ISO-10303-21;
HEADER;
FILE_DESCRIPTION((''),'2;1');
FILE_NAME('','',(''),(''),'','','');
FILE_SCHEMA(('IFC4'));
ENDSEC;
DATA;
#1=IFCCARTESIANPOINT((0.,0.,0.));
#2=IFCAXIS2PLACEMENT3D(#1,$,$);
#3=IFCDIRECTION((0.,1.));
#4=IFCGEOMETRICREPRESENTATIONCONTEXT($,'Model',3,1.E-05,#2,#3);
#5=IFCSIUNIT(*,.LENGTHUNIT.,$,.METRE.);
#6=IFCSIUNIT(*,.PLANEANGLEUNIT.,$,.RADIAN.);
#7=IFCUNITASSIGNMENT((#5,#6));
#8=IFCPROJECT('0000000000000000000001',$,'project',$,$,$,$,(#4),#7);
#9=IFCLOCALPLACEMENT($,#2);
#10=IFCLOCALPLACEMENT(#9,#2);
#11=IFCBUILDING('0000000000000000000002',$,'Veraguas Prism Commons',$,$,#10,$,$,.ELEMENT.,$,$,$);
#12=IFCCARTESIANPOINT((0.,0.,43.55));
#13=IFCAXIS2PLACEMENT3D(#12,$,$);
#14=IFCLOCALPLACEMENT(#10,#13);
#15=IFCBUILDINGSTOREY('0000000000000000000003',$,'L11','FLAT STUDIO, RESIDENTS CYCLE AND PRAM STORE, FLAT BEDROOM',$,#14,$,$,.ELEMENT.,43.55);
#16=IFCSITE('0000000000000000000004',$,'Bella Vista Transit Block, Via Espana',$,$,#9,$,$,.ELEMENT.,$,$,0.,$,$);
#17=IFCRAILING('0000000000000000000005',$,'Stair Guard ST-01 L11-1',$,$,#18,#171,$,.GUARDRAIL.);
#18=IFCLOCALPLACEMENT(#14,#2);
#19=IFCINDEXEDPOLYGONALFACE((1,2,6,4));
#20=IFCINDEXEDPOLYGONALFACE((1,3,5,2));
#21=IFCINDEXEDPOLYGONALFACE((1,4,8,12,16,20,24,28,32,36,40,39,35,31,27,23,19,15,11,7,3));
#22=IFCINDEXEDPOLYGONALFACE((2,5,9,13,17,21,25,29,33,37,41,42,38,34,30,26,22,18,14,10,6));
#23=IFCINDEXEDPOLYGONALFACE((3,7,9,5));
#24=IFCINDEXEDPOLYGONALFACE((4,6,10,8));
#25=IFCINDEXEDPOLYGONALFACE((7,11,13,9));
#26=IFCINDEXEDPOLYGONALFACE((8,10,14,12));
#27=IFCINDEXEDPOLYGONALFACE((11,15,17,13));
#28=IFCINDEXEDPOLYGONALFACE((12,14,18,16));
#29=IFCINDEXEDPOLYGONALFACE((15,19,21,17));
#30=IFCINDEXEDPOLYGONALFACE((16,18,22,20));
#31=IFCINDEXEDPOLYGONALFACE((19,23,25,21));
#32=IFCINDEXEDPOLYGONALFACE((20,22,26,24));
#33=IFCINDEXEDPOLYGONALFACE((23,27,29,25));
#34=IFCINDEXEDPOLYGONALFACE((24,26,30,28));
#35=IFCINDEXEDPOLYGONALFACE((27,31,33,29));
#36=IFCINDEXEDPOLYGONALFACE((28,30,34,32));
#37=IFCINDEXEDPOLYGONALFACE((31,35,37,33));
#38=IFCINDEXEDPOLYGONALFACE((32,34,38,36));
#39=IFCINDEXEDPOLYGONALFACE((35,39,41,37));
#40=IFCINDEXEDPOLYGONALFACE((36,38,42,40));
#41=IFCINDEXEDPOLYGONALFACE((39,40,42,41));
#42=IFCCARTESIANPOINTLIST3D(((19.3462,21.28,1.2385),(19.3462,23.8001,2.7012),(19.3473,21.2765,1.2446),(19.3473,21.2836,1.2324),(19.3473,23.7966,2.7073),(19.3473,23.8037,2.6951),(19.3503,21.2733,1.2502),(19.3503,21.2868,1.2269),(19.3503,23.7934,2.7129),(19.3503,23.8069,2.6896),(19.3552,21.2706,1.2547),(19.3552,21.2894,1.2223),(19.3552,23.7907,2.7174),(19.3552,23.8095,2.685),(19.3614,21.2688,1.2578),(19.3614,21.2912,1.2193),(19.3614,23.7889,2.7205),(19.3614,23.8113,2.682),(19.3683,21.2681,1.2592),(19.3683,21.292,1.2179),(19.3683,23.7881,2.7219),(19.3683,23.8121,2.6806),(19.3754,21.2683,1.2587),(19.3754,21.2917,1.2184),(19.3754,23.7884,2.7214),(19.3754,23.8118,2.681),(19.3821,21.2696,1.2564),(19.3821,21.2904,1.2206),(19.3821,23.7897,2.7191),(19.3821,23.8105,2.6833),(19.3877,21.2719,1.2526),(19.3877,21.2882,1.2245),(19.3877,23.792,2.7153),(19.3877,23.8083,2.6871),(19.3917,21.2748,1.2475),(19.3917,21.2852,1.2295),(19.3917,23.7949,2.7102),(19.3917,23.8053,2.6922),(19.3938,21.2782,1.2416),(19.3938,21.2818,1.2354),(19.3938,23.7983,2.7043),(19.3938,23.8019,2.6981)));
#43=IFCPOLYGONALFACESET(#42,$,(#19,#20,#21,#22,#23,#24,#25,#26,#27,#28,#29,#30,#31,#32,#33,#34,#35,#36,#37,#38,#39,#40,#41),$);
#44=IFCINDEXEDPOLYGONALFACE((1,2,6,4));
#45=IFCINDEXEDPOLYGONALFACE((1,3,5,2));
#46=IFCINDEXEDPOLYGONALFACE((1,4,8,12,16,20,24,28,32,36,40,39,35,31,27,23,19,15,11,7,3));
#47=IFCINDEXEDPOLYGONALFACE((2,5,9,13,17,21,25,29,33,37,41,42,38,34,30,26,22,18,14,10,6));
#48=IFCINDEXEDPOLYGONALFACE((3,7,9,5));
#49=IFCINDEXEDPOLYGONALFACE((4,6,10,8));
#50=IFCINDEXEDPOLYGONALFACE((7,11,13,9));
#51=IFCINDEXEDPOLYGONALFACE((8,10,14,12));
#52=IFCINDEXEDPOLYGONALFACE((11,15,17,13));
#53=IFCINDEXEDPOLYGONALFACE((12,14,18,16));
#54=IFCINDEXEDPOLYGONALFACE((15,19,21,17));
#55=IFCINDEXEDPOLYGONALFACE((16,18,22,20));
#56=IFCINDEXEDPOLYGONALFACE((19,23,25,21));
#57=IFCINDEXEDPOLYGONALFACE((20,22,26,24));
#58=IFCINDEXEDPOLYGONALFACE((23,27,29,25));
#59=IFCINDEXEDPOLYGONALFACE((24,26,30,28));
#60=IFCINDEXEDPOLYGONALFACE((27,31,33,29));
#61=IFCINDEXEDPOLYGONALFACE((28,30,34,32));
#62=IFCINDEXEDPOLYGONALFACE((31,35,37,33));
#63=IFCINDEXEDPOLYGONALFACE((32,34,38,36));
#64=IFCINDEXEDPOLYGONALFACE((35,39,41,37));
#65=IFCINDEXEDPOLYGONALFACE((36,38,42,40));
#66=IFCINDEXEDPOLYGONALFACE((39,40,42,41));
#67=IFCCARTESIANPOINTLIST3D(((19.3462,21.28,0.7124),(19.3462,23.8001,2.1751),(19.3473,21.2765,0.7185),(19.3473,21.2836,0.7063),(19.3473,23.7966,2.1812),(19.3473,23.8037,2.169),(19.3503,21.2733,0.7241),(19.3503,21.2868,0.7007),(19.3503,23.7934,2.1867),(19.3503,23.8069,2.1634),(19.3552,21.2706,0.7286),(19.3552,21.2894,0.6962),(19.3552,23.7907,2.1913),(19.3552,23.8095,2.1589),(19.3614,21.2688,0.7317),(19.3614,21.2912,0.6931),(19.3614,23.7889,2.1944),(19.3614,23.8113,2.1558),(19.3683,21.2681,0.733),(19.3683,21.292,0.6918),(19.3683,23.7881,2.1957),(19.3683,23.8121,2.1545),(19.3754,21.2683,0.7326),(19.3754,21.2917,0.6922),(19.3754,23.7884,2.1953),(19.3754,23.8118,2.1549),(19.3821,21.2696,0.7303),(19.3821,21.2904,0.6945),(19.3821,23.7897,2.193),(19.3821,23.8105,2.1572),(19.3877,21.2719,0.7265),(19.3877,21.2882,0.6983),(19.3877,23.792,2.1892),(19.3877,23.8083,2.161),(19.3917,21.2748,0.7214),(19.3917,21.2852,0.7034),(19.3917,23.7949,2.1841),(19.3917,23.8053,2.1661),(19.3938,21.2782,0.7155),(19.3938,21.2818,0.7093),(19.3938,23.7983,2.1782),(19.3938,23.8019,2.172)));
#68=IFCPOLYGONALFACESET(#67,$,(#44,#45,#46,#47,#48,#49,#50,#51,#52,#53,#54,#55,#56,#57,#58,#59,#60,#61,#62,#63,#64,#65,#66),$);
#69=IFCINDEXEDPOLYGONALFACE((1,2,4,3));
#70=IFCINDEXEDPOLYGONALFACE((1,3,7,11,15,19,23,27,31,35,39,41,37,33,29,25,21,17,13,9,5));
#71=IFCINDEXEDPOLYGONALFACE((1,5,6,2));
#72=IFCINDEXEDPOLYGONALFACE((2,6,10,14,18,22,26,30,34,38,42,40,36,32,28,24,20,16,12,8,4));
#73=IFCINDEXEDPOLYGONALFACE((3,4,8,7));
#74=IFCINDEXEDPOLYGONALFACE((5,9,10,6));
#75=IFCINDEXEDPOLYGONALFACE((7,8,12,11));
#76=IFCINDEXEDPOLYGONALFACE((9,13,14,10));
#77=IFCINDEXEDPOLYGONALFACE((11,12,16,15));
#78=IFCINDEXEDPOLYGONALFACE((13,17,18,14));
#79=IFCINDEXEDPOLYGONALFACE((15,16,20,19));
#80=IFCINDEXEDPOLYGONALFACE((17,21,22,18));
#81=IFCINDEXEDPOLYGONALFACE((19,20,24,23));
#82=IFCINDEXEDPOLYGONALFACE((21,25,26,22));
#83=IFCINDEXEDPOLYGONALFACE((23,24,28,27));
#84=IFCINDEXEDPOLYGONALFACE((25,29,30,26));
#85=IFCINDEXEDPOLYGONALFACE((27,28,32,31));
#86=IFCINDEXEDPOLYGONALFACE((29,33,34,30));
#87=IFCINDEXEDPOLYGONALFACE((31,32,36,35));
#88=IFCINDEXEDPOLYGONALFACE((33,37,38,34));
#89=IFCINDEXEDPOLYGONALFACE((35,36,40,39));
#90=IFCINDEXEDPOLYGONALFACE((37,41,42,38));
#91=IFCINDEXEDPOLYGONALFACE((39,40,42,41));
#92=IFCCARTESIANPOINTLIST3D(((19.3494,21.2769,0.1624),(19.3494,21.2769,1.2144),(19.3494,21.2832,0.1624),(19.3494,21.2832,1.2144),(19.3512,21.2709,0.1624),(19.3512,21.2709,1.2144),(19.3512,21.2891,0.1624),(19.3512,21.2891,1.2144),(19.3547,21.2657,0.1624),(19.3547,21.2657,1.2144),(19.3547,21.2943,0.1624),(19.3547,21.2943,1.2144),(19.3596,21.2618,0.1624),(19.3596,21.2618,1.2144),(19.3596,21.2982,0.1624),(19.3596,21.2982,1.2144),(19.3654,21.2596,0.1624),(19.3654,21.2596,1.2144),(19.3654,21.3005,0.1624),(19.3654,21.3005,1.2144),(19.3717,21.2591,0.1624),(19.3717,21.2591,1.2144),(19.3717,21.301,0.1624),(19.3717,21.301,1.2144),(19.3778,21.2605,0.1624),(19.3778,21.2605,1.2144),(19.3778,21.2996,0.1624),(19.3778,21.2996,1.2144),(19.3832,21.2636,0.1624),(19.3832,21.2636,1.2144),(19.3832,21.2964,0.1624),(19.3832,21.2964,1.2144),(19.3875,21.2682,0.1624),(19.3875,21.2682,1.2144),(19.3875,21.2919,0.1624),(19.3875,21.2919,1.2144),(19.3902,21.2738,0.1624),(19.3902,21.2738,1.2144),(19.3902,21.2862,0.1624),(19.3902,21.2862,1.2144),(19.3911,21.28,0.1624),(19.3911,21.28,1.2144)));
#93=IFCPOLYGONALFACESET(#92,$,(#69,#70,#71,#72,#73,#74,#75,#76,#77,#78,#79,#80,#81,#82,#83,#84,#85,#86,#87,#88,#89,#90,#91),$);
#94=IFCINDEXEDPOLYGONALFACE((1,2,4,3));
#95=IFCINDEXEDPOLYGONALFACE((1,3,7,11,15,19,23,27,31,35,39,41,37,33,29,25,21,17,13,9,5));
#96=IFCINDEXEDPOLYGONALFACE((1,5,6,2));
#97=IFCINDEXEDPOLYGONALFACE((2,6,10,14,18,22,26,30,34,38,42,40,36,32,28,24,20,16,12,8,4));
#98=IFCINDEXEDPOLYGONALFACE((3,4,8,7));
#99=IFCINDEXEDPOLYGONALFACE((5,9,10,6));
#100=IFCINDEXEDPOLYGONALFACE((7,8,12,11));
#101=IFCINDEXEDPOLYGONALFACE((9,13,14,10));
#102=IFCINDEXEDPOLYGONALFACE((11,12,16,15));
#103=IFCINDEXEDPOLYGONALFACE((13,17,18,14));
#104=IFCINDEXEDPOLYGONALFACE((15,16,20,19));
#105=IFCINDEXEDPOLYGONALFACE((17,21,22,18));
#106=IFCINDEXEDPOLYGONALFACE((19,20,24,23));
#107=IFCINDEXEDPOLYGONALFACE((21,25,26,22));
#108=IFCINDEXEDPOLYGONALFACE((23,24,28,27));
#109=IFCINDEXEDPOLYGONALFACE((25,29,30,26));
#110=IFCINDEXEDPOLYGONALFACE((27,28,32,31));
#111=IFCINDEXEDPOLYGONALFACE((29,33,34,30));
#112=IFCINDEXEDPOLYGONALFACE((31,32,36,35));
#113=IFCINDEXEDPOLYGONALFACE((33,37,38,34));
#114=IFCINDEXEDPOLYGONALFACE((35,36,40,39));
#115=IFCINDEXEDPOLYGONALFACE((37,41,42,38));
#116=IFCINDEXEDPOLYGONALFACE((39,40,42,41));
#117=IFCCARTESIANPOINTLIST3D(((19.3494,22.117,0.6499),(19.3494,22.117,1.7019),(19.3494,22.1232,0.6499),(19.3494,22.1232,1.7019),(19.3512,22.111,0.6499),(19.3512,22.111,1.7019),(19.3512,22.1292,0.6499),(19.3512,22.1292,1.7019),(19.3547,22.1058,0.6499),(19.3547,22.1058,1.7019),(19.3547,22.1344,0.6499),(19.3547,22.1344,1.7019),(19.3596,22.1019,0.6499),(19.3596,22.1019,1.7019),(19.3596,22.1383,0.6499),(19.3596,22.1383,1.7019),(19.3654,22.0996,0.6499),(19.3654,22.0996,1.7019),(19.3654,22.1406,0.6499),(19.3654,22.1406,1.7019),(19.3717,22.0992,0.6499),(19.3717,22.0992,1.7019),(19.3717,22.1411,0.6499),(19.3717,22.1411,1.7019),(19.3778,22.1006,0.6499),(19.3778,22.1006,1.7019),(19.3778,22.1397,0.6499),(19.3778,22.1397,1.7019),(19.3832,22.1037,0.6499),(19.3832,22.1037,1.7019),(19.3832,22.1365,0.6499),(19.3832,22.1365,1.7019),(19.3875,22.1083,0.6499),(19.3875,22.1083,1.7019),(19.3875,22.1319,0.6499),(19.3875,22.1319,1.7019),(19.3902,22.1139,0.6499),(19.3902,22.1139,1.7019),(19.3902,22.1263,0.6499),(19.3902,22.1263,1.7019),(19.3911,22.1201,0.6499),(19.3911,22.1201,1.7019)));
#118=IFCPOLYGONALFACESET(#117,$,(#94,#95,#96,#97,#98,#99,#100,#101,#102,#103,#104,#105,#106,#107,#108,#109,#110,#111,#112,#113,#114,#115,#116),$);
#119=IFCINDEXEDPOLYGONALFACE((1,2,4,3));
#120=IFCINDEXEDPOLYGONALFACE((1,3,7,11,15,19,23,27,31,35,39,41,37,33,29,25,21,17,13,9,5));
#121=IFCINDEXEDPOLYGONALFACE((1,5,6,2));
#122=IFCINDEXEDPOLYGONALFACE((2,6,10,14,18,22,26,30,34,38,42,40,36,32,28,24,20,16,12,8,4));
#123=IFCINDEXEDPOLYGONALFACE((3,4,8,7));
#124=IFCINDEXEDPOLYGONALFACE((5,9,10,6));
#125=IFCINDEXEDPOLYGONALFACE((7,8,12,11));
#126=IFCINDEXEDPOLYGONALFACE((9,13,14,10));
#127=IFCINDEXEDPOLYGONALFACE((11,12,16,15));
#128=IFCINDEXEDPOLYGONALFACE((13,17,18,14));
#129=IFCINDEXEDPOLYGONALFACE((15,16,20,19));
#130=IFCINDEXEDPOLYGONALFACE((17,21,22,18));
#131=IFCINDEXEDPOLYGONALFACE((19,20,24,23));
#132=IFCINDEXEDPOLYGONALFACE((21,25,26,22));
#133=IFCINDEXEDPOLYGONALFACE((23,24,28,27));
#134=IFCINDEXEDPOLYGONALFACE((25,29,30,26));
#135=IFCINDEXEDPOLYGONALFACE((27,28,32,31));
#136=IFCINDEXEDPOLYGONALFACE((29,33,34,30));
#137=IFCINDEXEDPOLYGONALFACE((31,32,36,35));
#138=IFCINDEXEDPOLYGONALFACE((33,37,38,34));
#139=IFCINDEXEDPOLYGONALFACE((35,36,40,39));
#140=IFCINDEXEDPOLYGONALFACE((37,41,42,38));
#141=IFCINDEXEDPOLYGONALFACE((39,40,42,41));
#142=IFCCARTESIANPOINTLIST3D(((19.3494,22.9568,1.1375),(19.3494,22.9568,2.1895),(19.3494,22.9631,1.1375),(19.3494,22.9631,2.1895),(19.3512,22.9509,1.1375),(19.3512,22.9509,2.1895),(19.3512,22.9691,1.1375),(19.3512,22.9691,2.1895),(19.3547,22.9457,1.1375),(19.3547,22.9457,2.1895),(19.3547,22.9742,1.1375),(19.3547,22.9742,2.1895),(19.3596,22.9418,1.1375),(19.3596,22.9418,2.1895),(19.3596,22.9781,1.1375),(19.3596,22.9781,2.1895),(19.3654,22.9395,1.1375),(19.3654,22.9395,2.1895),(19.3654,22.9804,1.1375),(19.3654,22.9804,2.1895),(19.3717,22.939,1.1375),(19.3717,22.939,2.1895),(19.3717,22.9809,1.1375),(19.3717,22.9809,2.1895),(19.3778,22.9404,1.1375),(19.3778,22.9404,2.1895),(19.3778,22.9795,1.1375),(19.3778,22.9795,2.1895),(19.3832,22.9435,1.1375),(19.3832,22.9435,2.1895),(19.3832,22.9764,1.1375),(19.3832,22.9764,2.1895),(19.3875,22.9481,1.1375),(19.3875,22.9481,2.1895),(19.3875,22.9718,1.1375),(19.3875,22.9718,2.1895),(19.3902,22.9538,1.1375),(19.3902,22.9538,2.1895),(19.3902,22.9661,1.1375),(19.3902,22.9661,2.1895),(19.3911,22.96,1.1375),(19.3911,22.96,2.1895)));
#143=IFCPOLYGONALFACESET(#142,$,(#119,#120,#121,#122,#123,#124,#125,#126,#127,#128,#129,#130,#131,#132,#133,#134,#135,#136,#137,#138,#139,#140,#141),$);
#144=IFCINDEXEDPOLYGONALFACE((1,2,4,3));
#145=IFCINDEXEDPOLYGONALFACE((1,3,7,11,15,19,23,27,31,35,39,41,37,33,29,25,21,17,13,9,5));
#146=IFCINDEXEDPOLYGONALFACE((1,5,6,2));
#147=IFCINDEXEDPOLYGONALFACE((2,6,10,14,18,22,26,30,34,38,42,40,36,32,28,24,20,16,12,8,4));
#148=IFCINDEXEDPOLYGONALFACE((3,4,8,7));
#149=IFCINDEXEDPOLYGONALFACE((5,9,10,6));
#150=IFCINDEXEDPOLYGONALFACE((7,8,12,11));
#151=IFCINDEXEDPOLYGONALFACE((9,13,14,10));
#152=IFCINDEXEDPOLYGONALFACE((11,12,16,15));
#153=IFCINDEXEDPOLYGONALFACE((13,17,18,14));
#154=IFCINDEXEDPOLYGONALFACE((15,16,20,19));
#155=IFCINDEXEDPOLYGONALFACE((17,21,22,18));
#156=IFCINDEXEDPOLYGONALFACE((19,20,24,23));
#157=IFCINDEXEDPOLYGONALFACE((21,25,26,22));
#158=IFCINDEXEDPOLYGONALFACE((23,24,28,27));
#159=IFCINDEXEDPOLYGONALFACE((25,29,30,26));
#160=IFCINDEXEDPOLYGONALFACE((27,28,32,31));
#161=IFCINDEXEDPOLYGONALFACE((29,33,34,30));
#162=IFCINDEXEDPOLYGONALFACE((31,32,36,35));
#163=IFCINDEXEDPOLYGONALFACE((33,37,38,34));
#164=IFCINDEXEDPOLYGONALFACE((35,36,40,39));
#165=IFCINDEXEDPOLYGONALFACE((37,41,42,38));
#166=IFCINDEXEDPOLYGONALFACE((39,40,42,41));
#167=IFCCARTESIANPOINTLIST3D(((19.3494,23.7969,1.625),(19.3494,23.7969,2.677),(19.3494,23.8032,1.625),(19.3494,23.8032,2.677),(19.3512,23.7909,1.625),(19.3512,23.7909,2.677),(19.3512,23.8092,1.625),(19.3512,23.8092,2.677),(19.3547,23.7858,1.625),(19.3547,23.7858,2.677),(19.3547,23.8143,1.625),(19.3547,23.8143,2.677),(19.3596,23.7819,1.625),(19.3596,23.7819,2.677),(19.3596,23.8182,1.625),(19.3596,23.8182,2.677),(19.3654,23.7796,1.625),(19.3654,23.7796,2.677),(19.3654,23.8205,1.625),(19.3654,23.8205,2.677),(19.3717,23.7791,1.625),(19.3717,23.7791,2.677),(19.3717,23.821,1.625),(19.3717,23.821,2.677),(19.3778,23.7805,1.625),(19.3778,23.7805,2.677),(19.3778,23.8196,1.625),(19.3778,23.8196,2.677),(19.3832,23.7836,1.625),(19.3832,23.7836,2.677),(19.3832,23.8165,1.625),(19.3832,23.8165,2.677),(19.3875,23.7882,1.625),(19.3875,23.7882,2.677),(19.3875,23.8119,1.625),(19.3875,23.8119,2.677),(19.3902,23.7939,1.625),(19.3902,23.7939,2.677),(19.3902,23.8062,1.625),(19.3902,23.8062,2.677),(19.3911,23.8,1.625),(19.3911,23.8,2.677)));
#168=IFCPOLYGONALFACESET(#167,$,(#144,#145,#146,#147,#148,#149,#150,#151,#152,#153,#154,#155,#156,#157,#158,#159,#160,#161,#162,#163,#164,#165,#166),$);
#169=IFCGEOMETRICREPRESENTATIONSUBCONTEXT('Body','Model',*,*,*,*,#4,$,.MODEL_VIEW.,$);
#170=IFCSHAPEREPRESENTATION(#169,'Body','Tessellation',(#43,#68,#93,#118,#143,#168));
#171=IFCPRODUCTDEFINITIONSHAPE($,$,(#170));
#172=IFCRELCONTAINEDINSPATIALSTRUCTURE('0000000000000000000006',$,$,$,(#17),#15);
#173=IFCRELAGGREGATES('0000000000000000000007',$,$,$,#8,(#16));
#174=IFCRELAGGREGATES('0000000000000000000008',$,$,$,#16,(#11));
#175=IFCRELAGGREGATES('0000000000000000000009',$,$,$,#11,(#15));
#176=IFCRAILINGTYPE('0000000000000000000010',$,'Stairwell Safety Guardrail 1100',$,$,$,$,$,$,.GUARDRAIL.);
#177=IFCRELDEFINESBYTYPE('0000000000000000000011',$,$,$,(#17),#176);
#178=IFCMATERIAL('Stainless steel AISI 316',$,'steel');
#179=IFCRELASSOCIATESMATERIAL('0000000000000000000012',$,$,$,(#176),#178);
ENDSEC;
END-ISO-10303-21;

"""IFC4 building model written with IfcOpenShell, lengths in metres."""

from ifc_helpers import new_model, si_unit, direction, frame, origin, origin_2d, place, context, subcontext, project, spatial, circle, extrude, material, type_object, element, save


model = new_model("IFC4")

# Units and contexts
model_context = context("Model", 3, precision=1e-05, world=origin(), true_north=direction((0.0, 1.0)))
body_context = subcontext(model_context, "Body", "Model", "MODEL_VIEW")
ifc_project = project(units=[si_unit("LENGTHUNIT", "METRE"), si_unit("PLANEANGLEUNIT", "RADIAN")], contexts=[model_context])

# Site, building, storey
site_placement = place(None, origin())
site = spatial("IfcSite", under=ifc_project, at=site_placement, Name="Bella Vista Transit Block, Via Espana", CompositionType="ELEMENT", RefElevation=0.0)
building_placement = place(site_placement, origin())
building = spatial("IfcBuilding", under=site, at=building_placement, Name="Veraguas Prism Commons", CompositionType="ELEMENT")
storey_placement = place(building_placement, frame((0.0, 0.0, 43.55)))
storey = spatial("IfcBuildingStorey", under=building, at=storey_placement, Name="L11", Description="FLAT STUDIO, RESIDENTS CYCLE AND PRAM STORE, FLAT BEDROOM", CompositionType="ELEMENT", Elevation=43.55)

# Railing
ifc_material_1 = material(Name="Stainless steel AISI 316", Category="steel")
railing_type_1 = type_object("IfcRailingType", Name="Stairwell Safety Guardrail 1100", PredefinedType="GUARDRAIL", material=ifc_material_1)
railing_1_placement = place(storey_placement, frame((19.3701, 21.28, 0.1624)))
element("IfcRailing", 1, at=railing_1_placement, inside=storey, type_object=railing_type_1, Name="Stair Guard ST-01 L11-1", PredefinedType="GUARDRAIL", context=body_context, shape_type="SweptSolid", body=[
    extrude(circle(Radius=0.0239, at=origin_2d()), frame((0.0, 0.0, 1.0762), z_axis=(0.0, 0.864877, 0.501984), x_axis=(-1.0, 0.0, 0.0)), (0.0, 0.0, 1.0), 2.9138),
    extrude(circle(Radius=0.0239, at=origin_2d()), frame((0.0, 0.0, 0.55), z_axis=(0.0, 0.864877, 0.501984), x_axis=(-1.0, 0.0, 0.0)), (0.0, 0.0, 1.0), 2.9138),
    extrude(circle(Radius=0.021, at=origin_2d()), origin(), (0.0, 0.0, 1.0), 1.052),
    extrude(circle(Radius=0.021, at=origin_2d()), frame((0.0, 0.8401, 0.4875)), (0.0, 0.0, 1.0), 1.052),
    extrude(circle(Radius=0.021, at=origin_2d()), frame((0.0, 1.6799, 0.9751)), (0.0, 0.0, 1.0), 1.052),
    extrude(circle(Radius=0.021, at=origin_2d()), frame((0.0, 2.52, 1.4626)), (0.0, 0.0, 1.0), 1.052),
])

save(model, "model.ifc")
